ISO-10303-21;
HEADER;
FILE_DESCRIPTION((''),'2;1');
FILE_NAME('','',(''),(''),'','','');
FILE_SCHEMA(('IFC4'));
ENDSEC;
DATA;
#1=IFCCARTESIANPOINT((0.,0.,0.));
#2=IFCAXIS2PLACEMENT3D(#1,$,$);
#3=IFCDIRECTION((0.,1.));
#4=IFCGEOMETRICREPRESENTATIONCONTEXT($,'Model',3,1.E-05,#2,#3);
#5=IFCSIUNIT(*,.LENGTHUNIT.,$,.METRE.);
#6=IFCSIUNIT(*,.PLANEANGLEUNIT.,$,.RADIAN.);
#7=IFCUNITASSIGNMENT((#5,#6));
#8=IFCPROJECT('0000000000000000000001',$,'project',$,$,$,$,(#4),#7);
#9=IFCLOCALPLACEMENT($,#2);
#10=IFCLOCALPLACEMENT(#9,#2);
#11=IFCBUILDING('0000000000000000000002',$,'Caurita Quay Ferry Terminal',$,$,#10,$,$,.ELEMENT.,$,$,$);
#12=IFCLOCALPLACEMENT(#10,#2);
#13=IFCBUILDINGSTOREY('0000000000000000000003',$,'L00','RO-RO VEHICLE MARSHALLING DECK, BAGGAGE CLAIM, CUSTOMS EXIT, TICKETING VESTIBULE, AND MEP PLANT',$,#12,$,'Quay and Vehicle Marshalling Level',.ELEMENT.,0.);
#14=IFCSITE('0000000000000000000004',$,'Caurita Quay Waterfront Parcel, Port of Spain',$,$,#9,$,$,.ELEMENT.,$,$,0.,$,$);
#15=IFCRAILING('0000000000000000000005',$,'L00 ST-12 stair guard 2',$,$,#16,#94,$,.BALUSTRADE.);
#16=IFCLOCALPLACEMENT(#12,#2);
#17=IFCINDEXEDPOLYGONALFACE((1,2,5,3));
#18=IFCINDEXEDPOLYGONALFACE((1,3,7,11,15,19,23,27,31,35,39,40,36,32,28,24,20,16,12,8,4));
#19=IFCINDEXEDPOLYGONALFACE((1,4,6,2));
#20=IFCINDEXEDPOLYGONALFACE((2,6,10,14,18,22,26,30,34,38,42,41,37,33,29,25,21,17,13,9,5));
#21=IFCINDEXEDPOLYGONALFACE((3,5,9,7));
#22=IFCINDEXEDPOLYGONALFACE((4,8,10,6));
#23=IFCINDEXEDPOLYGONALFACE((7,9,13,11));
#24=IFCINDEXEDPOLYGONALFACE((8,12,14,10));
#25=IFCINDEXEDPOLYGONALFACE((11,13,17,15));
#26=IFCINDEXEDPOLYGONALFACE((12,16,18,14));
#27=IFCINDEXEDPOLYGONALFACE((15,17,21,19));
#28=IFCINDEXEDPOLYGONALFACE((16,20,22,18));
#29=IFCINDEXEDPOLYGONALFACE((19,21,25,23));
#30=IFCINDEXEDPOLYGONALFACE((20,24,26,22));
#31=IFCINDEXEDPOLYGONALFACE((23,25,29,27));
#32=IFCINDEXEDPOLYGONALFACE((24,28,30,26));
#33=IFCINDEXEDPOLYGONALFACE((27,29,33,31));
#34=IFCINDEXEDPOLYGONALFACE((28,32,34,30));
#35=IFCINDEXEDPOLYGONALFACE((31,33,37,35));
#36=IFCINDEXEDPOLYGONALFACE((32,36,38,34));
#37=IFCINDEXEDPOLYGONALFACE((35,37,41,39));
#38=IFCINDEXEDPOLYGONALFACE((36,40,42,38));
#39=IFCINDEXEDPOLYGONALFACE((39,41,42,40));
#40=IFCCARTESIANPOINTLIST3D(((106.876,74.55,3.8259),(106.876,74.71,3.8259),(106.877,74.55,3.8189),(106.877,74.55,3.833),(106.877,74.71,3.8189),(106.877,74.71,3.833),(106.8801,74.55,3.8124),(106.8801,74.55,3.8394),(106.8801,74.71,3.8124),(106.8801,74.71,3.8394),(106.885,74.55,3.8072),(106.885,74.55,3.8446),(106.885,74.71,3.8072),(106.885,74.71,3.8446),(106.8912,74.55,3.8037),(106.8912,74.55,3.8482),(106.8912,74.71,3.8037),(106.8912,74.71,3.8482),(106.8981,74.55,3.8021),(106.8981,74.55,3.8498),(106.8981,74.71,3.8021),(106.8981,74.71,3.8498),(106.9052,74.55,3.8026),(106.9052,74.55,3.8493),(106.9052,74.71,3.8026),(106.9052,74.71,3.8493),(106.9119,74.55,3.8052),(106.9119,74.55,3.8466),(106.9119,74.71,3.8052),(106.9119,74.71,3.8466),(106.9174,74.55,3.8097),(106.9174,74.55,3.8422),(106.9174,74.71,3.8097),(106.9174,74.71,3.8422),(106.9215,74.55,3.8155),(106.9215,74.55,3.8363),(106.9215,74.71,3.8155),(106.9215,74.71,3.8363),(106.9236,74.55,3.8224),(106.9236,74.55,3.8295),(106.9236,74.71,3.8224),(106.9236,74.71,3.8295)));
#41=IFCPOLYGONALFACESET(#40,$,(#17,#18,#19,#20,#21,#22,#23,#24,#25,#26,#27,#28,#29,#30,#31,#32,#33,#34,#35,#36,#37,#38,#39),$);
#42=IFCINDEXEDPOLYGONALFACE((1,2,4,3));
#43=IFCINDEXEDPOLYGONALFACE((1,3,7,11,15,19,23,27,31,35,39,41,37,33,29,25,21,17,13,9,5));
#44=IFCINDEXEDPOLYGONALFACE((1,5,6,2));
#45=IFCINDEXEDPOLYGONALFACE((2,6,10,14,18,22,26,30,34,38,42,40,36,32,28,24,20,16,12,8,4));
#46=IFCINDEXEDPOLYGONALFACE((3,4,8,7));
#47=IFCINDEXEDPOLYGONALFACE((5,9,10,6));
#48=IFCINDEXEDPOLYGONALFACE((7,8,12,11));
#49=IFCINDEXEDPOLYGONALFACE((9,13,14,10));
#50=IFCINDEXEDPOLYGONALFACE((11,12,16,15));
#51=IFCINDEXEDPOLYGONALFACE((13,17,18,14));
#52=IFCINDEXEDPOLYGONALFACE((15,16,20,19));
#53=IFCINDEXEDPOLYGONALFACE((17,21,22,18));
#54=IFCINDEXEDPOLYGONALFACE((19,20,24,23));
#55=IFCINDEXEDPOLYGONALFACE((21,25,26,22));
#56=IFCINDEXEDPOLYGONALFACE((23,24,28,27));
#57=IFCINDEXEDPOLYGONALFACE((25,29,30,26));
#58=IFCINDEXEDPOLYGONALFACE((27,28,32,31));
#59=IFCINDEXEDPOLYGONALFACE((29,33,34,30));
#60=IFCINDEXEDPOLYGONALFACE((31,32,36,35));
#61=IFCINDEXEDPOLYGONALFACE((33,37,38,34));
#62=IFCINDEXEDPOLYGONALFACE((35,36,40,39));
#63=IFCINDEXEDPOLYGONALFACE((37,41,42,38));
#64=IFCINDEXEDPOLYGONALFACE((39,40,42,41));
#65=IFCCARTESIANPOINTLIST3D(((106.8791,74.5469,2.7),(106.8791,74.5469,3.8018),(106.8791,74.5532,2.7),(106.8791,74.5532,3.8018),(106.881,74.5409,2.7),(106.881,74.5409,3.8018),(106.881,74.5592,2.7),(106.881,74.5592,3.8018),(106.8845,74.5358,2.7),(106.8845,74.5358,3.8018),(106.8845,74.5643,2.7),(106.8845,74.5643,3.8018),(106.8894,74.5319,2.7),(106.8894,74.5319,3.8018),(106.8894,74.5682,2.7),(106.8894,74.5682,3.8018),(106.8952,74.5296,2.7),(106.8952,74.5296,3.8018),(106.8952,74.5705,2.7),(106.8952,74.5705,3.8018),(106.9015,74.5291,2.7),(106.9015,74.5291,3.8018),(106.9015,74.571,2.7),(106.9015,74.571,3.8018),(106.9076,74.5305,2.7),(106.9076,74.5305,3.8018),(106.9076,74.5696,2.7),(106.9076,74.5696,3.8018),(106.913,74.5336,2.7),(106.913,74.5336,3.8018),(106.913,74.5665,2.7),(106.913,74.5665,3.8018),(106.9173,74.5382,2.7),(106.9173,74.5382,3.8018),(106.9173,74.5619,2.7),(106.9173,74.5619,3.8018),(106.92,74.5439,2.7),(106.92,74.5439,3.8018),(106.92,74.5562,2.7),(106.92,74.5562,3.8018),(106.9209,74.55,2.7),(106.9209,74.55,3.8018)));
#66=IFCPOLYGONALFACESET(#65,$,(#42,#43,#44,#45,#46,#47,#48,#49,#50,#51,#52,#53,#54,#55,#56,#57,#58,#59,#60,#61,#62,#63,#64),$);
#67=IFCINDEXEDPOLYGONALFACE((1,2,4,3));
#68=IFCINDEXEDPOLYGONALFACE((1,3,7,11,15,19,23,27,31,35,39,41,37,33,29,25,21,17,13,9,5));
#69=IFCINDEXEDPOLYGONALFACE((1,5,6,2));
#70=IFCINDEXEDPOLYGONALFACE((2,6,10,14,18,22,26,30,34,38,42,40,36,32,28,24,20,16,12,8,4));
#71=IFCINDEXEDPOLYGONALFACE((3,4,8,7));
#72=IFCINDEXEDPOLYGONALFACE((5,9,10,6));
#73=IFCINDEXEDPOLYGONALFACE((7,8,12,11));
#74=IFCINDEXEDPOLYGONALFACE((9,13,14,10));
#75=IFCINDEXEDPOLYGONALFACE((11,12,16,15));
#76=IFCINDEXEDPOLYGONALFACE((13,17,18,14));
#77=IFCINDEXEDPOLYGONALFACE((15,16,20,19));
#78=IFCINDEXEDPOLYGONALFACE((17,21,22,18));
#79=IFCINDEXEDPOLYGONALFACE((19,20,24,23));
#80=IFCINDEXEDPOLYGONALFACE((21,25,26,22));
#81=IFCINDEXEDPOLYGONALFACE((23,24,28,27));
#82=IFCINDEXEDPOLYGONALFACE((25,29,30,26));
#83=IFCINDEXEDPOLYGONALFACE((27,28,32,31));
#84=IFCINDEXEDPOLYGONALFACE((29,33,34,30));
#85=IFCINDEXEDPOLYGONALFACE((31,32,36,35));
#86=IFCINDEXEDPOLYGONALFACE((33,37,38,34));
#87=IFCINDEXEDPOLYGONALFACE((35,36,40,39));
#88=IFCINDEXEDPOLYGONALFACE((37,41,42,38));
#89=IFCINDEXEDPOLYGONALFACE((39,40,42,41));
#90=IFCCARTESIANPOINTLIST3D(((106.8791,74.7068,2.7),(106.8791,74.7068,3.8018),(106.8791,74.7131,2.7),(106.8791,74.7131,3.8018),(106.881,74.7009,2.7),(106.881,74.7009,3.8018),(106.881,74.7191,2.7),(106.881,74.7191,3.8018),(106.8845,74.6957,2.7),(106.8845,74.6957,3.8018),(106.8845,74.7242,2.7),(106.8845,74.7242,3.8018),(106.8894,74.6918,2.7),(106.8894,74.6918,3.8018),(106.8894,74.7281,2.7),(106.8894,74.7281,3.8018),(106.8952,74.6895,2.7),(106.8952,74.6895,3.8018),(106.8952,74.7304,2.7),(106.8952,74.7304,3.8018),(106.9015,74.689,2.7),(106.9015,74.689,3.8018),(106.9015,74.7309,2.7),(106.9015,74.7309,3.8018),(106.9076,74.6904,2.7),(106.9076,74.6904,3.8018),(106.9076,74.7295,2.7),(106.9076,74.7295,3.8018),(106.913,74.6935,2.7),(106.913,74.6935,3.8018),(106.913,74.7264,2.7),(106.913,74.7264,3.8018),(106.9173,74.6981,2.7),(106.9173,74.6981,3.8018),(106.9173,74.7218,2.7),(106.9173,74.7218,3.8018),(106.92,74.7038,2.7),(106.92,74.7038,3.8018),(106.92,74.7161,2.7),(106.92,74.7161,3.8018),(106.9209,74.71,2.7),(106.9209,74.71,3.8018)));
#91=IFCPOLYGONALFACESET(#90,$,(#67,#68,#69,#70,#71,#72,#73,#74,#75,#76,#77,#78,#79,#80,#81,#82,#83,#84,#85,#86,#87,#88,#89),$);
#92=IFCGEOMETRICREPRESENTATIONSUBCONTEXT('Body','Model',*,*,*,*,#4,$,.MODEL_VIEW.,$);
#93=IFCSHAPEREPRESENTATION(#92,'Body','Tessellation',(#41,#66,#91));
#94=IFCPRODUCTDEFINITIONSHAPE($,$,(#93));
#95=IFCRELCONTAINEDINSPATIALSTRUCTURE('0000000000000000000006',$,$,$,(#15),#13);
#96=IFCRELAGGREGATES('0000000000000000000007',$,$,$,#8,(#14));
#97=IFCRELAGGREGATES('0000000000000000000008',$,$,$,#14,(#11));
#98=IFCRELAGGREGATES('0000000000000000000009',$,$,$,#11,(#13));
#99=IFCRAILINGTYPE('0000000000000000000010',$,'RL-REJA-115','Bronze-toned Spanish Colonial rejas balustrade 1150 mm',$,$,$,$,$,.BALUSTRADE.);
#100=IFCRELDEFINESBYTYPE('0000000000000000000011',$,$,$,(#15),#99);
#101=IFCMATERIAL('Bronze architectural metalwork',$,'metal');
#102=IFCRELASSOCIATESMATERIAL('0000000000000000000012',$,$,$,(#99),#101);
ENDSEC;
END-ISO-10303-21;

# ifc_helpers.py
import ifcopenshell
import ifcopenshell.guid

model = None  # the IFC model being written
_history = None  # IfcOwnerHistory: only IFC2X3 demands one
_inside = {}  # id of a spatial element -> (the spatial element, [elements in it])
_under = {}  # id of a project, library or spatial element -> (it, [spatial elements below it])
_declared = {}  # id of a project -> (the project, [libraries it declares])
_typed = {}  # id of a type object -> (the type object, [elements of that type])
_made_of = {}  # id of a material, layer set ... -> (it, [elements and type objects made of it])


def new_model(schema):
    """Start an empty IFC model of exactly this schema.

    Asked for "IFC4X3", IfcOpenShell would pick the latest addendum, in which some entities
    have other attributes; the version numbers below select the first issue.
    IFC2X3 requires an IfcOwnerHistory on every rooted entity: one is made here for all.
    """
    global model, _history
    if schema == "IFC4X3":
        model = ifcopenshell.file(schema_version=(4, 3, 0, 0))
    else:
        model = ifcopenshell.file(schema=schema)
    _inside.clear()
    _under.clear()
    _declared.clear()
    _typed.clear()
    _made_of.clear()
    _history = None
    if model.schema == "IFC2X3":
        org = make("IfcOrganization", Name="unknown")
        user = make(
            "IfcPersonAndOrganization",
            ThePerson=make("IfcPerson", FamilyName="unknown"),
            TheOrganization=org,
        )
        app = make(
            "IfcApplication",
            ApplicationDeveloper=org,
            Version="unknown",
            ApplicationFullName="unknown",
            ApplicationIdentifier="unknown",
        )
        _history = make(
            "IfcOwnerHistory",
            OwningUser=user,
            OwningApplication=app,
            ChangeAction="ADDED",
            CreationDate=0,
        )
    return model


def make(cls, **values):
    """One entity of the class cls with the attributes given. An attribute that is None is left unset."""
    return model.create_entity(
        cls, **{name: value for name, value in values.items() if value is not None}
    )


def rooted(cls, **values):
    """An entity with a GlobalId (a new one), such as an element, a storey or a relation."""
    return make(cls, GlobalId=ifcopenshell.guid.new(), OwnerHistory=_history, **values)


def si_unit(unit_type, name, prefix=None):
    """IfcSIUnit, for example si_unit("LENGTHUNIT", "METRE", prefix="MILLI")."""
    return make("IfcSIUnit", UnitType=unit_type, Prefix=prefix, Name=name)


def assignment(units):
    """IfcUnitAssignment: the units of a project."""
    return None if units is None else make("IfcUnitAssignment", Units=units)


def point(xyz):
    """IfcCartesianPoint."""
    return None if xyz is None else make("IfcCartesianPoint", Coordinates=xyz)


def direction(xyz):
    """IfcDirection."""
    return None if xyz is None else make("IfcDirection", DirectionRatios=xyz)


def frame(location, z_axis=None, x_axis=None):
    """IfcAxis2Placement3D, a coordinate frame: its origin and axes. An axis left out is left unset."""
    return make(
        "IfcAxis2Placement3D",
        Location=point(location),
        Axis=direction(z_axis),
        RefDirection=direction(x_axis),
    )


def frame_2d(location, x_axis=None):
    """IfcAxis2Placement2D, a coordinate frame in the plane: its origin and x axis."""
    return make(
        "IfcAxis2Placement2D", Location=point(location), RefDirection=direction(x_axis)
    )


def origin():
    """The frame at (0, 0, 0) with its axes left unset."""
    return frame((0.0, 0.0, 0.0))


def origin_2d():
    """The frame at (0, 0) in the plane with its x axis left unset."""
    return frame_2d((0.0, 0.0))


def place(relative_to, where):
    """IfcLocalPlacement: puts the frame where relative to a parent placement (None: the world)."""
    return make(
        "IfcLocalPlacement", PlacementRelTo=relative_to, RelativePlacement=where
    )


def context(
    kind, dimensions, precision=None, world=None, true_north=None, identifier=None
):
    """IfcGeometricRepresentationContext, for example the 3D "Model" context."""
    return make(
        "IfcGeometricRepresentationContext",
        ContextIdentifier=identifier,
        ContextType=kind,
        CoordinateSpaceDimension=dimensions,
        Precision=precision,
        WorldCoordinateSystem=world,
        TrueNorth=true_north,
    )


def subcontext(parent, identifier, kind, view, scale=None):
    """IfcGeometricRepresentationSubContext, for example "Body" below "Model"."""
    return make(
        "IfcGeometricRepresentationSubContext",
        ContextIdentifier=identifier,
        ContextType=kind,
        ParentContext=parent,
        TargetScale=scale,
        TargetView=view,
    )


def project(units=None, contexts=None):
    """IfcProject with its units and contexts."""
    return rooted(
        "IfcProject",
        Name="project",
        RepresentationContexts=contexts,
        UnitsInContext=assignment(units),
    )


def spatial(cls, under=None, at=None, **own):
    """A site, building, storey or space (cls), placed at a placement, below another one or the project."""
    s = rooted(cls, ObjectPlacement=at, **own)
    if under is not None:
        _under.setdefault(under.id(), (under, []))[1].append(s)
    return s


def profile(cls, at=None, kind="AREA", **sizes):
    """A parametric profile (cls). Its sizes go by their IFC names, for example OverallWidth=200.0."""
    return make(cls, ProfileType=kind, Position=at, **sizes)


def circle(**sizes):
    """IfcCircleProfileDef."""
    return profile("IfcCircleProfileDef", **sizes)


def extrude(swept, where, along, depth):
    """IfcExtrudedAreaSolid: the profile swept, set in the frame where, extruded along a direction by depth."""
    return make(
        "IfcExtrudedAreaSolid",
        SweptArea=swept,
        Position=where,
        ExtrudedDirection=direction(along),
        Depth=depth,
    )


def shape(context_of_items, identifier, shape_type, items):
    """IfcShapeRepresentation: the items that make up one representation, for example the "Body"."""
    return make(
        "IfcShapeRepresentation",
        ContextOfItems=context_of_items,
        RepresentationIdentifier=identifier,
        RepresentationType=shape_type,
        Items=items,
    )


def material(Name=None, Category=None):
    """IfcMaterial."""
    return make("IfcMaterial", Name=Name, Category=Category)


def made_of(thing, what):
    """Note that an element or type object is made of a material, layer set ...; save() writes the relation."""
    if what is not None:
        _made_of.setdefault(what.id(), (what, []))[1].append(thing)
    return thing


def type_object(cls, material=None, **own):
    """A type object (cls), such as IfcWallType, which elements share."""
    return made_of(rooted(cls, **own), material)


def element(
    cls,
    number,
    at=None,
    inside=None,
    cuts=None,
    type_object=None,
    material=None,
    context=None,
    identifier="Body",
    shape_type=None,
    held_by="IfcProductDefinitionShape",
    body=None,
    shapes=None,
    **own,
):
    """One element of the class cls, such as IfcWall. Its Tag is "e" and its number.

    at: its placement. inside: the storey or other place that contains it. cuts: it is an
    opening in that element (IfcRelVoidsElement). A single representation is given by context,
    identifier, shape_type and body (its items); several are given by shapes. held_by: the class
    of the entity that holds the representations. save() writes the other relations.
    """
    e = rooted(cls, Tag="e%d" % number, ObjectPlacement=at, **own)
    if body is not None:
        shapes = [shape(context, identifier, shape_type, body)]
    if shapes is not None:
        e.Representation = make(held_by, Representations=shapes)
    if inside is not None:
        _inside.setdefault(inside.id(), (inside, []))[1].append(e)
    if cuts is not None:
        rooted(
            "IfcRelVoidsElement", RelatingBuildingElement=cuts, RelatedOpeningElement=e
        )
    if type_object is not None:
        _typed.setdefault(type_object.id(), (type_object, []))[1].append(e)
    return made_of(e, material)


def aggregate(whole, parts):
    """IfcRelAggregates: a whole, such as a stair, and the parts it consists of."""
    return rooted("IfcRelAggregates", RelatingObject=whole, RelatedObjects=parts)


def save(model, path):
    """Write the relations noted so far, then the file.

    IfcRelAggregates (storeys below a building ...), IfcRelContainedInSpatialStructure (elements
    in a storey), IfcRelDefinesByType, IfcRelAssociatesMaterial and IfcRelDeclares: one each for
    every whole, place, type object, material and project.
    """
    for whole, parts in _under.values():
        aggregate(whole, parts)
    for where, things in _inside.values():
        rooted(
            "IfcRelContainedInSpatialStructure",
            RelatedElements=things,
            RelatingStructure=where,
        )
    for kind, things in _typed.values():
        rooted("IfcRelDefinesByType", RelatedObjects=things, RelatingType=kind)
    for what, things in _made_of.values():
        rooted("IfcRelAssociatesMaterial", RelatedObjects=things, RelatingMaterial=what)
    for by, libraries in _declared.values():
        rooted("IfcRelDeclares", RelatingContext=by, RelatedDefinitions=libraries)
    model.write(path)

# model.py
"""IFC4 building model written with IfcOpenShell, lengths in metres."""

from ifc_helpers import new_model, si_unit, direction, frame, origin, origin_2d, place, context, subcontext, project, spatial, circle, extrude, material, type_object, element, save


model = new_model("IFC4")

# Units and contexts
model_context = context("Model", 3, precision=1e-05, world=origin(), true_north=direction((0.0, 1.0)))
body_context = subcontext(model_context, "Body", "Model", "MODEL_VIEW")
ifc_project = project(units=[si_unit("LENGTHUNIT", "METRE"), si_unit("PLANEANGLEUNIT", "RADIAN")], contexts=[model_context])

# Site, building, storey
site_placement = place(None, origin())
site = spatial("IfcSite", under=ifc_project, at=site_placement, Name="Caurita Quay Waterfront Parcel, Port of Spain", CompositionType="ELEMENT", RefElevation=0.0)
building_placement = place(site_placement, origin())
building = spatial("IfcBuilding", under=site, at=building_placement, Name="Caurita Quay Ferry Terminal", CompositionType="ELEMENT")
storey_placement = place(building_placement, origin())
storey = spatial("IfcBuildingStorey", under=building, at=storey_placement, Name="L00", Description="RO-RO VEHICLE MARSHALLING DECK, BAGGAGE CLAIM, CUSTOMS EXIT, TICKETING VESTIBULE, AND MEP PLANT", LongName="Quay and Vehicle Marshalling Level", CompositionType="ELEMENT", Elevation=0.0)

# Railing
ifc_material_1 = material(Name="Bronze architectural metalwork", Category="metal")
railing_type_1 = type_object("IfcRailingType", Name="RL-REJA-115", Description="Bronze-toned Spanish Colonial rejas balustrade 1150 mm", PredefinedType="BALUSTRADE", material=ifc_material_1)
railing_1_placement = place(storey_placement, frame((106.8999, 74.55, 2.7)))
element("IfcRailing", 1, at=railing_1_placement, inside=storey, type_object=railing_type_1, Name="L00 ST-12 stair guard 2", PredefinedType="BALUSTRADE", context=body_context, shape_type="SweptSolid", body=[
    extrude(circle(Radius=0.0239, at=origin_2d()), frame((0.0, 0.0, 1.126), z_axis=(0.0, 1.0, 0.0), x_axis=(-1.0, 0.0, 0.0)), (0.0, 0.0, 1.0), 0.1599),
    extrude(circle(Radius=0.021, at=origin_2d()), origin(), (0.0, 0.0, 1.0), 1.1018),
    extrude(circle(Radius=0.021, at=origin_2d()), frame((0.0, 0.1599, 0.0)), (0.0, 0.0, 1.0), 1.1018),
])

save(model, "model.ifc")
